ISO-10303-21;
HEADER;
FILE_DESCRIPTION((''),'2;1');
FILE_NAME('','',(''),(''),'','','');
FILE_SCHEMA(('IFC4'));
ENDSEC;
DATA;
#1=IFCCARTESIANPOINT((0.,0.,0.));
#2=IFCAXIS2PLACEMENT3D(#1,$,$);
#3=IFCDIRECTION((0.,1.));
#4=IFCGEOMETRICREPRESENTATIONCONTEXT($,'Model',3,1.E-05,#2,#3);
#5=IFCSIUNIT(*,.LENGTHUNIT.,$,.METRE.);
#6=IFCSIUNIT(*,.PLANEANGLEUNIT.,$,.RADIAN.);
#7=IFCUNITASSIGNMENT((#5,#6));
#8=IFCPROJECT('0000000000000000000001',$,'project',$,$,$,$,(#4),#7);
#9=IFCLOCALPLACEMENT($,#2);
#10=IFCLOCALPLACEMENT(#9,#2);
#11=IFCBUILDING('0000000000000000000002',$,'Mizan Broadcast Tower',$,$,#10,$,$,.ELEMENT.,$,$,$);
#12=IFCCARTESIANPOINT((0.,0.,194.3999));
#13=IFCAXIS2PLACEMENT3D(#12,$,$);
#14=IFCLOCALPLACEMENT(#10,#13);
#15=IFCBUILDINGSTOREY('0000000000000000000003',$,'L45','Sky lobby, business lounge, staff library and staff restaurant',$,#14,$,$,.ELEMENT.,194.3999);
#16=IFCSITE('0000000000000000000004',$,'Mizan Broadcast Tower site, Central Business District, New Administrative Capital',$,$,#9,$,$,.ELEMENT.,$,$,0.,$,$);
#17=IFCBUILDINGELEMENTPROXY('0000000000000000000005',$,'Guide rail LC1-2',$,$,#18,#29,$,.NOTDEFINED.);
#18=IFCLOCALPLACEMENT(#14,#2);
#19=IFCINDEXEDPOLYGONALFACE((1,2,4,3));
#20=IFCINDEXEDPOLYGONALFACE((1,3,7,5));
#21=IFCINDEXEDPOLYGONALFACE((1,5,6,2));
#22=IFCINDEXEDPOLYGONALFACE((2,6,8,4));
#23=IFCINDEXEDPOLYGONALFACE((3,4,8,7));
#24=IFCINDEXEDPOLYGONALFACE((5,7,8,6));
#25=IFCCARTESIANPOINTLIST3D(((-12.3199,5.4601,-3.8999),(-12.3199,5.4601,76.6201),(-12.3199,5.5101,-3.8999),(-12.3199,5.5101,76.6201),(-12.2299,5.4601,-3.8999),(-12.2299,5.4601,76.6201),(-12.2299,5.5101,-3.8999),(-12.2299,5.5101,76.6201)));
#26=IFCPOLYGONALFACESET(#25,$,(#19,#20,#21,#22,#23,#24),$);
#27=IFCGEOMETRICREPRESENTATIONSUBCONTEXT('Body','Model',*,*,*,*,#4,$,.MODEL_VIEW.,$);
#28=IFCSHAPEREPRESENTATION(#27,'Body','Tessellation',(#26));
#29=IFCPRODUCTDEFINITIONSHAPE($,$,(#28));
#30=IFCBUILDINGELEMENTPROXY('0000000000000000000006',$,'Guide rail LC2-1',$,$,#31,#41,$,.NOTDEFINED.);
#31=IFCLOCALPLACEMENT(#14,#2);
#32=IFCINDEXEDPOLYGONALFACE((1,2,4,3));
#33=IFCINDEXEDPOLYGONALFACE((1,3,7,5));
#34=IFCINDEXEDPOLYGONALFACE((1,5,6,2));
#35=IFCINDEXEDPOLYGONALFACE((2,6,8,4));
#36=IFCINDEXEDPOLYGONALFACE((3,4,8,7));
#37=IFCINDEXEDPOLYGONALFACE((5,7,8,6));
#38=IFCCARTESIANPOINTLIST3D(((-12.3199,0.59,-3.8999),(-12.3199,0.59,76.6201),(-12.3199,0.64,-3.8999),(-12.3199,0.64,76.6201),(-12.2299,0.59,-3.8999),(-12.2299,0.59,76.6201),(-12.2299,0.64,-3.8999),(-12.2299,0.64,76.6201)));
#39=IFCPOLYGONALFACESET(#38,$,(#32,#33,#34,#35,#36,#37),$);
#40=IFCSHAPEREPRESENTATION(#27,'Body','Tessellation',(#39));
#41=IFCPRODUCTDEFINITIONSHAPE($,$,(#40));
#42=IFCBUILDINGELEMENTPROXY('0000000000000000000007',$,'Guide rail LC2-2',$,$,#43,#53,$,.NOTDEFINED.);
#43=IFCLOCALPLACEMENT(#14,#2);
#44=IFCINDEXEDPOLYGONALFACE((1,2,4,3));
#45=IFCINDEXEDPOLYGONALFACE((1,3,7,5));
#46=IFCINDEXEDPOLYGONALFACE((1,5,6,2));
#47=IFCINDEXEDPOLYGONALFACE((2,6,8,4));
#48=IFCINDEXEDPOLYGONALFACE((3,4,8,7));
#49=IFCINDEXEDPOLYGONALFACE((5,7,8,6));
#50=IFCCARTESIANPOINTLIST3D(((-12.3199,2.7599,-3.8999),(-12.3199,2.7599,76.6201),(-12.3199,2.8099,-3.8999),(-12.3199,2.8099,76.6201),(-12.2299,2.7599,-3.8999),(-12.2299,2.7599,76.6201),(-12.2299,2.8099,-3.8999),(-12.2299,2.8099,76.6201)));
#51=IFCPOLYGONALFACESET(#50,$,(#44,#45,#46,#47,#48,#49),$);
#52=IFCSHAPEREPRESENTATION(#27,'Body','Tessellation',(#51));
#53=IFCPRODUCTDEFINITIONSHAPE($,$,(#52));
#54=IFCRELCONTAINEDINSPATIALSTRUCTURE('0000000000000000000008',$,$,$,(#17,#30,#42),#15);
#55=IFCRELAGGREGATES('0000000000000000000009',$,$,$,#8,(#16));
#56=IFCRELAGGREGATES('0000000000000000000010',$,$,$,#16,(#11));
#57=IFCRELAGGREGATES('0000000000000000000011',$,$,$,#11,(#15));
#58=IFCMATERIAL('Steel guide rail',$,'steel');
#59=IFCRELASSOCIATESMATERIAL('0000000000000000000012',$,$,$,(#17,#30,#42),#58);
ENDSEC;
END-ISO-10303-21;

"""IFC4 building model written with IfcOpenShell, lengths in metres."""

from ifc_helpers import new_model, si_unit, direction, frame, origin, origin_2d, place, context, subcontext, project, spatial, rectangle, extrude, material, element, save


model = new_model("IFC4")

# Units and contexts
model_context = context("Model", 3, precision=1e-05, world=origin(), true_north=direction((0.0, 1.0)))
body_context = subcontext(model_context, "Body", "Model", "MODEL_VIEW")
ifc_project = project(units=[si_unit("LENGTHUNIT", "METRE"), si_unit("PLANEANGLEUNIT", "RADIAN")], contexts=[model_context])

# Site, building, storey
site_placement = place(None, origin())
site = spatial("IfcSite", under=ifc_project, at=site_placement, Name="Mizan Broadcast Tower site, Central Business District, New Administrative Capital", CompositionType="ELEMENT", RefElevation=0.0)
building_placement = place(site_placement, origin())
building = spatial("IfcBuilding", under=site, at=building_placement, Name="Mizan Broadcast Tower", CompositionType="ELEMENT")
storey_placement = place(building_placement, frame((0.0, 0.0, 194.3999)))
storey = spatial("IfcBuildingStorey", under=building, at=storey_placement, Name="L45", Description="Sky lobby, business lounge, staff library and staff restaurant", CompositionType="ELEMENT", Elevation=194.3999)

# Building element proxies
ifc_material_1 = material(Name="Steel guide rail", Category="steel")
for number, where, z_axis, x_axis, name in (
    (1, (-12.2749, 5.4851, -3.8999), (0.0, 0.0, 1.0), (1.0, 0.0, 0.0), "Guide rail LC1-2"),
    (2, (-12.2749, 0.615, -3.8999), (0.0, 0.0, 1.0), (1.0, 0.0, 0.0), "Guide rail LC2-1"),
    (3, (-12.2749, 2.7849, -3.8999), (0.0, 0.0, 1.0), (1.0, 0.0, 0.0), "Guide rail LC2-2"),
):
    element("IfcBuildingElementProxy", number, at=place(storey_placement, frame(where, z_axis=z_axis, x_axis=x_axis)), inside=storey, material=ifc_material_1, Name=name, PredefinedType="NOTDEFINED", context=body_context, shape_type="SweptSolid", body=[
        extrude(rectangle(XDim=0.0901, YDim=0.05, at=origin_2d()), origin(), (0.0, 0.0, 1.0), 80.52),
    ])

save(model, "model.ifc")
